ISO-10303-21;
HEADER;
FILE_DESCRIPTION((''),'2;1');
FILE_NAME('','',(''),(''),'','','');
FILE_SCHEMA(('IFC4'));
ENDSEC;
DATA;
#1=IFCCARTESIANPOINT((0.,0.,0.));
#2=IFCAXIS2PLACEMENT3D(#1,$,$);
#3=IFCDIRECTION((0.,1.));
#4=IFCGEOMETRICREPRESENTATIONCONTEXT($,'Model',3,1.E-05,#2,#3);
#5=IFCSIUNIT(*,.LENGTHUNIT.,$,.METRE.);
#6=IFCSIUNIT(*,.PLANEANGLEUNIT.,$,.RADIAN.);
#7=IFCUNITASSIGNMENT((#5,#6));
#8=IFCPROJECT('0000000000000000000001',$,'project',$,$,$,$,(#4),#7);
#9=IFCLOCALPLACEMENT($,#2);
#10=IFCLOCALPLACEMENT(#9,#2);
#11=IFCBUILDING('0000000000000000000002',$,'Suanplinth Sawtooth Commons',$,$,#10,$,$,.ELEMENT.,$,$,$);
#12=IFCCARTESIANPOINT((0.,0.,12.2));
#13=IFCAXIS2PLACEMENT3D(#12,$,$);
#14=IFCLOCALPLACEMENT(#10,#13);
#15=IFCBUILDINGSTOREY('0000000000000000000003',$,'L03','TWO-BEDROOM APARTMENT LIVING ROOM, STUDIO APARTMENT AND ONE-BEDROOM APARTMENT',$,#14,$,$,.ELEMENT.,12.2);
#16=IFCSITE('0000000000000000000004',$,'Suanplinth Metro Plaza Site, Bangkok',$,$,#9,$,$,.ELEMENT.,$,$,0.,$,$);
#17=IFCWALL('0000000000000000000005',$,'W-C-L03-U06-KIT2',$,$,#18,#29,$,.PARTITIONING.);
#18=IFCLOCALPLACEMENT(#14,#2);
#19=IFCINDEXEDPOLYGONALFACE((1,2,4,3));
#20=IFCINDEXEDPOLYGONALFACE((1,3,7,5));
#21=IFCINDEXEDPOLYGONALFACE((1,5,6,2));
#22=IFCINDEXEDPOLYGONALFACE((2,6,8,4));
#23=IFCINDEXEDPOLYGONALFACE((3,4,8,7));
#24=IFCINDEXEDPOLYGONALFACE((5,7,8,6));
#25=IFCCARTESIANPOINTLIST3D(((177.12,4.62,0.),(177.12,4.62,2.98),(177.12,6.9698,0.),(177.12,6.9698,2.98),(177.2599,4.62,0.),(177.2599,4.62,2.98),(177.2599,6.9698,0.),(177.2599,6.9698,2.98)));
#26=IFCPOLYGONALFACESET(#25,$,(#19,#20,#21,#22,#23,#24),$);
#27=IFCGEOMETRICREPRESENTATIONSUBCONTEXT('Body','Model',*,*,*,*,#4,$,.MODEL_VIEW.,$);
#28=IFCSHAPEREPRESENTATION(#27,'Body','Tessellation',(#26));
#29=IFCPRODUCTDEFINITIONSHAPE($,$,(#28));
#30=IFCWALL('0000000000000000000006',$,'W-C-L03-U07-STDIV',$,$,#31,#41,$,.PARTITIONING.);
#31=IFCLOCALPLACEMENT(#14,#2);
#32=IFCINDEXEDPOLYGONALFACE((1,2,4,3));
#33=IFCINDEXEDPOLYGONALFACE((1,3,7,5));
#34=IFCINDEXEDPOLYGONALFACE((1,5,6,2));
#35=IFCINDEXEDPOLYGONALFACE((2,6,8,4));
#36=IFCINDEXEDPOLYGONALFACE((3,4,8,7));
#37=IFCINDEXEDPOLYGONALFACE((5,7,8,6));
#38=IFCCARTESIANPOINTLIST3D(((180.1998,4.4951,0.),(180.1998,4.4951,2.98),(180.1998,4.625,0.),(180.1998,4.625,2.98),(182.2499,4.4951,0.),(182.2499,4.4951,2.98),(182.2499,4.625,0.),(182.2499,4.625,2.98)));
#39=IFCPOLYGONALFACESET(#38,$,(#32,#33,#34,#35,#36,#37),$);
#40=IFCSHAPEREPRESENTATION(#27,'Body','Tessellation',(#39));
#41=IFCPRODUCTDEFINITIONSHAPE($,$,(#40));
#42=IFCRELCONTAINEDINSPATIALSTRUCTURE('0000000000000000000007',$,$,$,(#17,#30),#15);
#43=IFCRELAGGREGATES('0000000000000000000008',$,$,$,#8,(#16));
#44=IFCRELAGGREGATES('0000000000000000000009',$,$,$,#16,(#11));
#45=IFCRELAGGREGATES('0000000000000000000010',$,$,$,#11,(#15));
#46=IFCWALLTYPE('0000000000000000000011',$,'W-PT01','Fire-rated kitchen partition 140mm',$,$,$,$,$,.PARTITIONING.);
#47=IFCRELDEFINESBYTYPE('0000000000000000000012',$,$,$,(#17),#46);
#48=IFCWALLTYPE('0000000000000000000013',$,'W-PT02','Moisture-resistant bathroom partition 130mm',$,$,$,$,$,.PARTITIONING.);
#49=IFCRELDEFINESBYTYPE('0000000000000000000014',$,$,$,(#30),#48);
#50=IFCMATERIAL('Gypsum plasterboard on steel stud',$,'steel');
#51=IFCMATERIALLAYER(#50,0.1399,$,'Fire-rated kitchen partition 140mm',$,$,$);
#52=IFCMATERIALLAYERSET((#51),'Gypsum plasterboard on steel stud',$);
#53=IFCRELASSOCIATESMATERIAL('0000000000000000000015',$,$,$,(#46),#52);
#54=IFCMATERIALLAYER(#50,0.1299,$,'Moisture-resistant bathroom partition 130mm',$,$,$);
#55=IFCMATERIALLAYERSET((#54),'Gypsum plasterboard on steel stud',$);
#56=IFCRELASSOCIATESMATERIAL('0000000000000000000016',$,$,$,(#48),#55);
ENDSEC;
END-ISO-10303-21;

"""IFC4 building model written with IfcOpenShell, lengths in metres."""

from ifc_helpers import new_model, si_unit, direction, frame, frame_2d, origin, place, context, subcontext, project, spatial, rectangle, extrude, material, layer, layer_set, type_object, element, save


model = new_model("IFC4")

# Units and contexts
model_context = context("Model", 3, precision=1e-05, world=origin(), true_north=direction((0.0, 1.0)))
body_context = subcontext(model_context, "Body", "Model", "MODEL_VIEW")
ifc_project = project(units=[si_unit("LENGTHUNIT", "METRE"), si_unit("PLANEANGLEUNIT", "RADIAN")], contexts=[model_context])

# Site, building, storey
site_placement = place(None, origin())
site = spatial("IfcSite", under=ifc_project, at=site_placement, Name="Suanplinth Metro Plaza Site, Bangkok", CompositionType="ELEMENT", RefElevation=0.0)
building_placement = place(site_placement, origin())
building = spatial("IfcBuilding", under=site, at=building_placement, Name="Suanplinth Sawtooth Commons", CompositionType="ELEMENT")
storey_placement = place(building_placement, frame((0.0, 0.0, 12.2)))
storey = spatial("IfcBuildingStorey", under=building, at=storey_placement, Name="L03", Description="TWO-BEDROOM APARTMENT LIVING ROOM, STUDIO APARTMENT AND ONE-BEDROOM APARTMENT", CompositionType="ELEMENT", Elevation=12.2)

# Walls
ifc_material_1 = material(Name="Gypsum plasterboard on steel stud", Category="steel")
ifc_layer_1 = layer(ifc_material_1, 0.1399, Name="Fire-rated kitchen partition 140mm")
ifc_layer_set_1 = layer_set([ifc_layer_1], Name="Gypsum plasterboard on steel stud")
wall_type_1 = type_object("IfcWallType", Name="W-PT01", Description="Fire-rated kitchen partition 140mm", PredefinedType="PARTITIONING", material=ifc_layer_set_1)
wall_1_placement = place(storey_placement, frame((177.1899, 4.6201, 0.0), z_axis=(0.0, 0.0, 1.0), x_axis=(0.0, 1.0, 0.0)))
element("IfcWall", 1, at=wall_1_placement, inside=storey, type_object=wall_type_1, Name="W-C-L03-U06-KIT2", PredefinedType="PARTITIONING", context=body_context, shape_type="SweptSolid", body=[
    extrude(rectangle(XDim=2.3499, YDim=0.1399, at=frame_2d((1.1748, 0.0))), origin(), (0.0, 0.0, 1.0), 2.98),
])
ifc_layer_2 = layer(ifc_material_1, 0.1299, Name="Moisture-resistant bathroom partition 130mm")
ifc_layer_set_2 = layer_set([ifc_layer_2], Name="Gypsum plasterboard on steel stud")
wall_type_2 = type_object("IfcWallType", Name="W-PT02", Description="Moisture-resistant bathroom partition 130mm", PredefinedType="PARTITIONING", material=ifc_layer_set_2)
wall_2_placement = place(storey_placement, frame((180.2, 4.5601, 0.0), z_axis=(0.0, 0.0, 1.0), x_axis=(1.0, 0.0, 0.0)))
element("IfcWall", 2, at=wall_2_placement, inside=storey, type_object=wall_type_2, Name="W-C-L03-U07-STDIV", PredefinedType="PARTITIONING", context=body_context, shape_type="SweptSolid", body=[
    extrude(rectangle(XDim=2.05, YDim=0.1299, at=frame_2d((1.0249, 0.0))), origin(), (0.0, 0.0, 1.0), 2.98),
])

save(model, "model.ifc")
